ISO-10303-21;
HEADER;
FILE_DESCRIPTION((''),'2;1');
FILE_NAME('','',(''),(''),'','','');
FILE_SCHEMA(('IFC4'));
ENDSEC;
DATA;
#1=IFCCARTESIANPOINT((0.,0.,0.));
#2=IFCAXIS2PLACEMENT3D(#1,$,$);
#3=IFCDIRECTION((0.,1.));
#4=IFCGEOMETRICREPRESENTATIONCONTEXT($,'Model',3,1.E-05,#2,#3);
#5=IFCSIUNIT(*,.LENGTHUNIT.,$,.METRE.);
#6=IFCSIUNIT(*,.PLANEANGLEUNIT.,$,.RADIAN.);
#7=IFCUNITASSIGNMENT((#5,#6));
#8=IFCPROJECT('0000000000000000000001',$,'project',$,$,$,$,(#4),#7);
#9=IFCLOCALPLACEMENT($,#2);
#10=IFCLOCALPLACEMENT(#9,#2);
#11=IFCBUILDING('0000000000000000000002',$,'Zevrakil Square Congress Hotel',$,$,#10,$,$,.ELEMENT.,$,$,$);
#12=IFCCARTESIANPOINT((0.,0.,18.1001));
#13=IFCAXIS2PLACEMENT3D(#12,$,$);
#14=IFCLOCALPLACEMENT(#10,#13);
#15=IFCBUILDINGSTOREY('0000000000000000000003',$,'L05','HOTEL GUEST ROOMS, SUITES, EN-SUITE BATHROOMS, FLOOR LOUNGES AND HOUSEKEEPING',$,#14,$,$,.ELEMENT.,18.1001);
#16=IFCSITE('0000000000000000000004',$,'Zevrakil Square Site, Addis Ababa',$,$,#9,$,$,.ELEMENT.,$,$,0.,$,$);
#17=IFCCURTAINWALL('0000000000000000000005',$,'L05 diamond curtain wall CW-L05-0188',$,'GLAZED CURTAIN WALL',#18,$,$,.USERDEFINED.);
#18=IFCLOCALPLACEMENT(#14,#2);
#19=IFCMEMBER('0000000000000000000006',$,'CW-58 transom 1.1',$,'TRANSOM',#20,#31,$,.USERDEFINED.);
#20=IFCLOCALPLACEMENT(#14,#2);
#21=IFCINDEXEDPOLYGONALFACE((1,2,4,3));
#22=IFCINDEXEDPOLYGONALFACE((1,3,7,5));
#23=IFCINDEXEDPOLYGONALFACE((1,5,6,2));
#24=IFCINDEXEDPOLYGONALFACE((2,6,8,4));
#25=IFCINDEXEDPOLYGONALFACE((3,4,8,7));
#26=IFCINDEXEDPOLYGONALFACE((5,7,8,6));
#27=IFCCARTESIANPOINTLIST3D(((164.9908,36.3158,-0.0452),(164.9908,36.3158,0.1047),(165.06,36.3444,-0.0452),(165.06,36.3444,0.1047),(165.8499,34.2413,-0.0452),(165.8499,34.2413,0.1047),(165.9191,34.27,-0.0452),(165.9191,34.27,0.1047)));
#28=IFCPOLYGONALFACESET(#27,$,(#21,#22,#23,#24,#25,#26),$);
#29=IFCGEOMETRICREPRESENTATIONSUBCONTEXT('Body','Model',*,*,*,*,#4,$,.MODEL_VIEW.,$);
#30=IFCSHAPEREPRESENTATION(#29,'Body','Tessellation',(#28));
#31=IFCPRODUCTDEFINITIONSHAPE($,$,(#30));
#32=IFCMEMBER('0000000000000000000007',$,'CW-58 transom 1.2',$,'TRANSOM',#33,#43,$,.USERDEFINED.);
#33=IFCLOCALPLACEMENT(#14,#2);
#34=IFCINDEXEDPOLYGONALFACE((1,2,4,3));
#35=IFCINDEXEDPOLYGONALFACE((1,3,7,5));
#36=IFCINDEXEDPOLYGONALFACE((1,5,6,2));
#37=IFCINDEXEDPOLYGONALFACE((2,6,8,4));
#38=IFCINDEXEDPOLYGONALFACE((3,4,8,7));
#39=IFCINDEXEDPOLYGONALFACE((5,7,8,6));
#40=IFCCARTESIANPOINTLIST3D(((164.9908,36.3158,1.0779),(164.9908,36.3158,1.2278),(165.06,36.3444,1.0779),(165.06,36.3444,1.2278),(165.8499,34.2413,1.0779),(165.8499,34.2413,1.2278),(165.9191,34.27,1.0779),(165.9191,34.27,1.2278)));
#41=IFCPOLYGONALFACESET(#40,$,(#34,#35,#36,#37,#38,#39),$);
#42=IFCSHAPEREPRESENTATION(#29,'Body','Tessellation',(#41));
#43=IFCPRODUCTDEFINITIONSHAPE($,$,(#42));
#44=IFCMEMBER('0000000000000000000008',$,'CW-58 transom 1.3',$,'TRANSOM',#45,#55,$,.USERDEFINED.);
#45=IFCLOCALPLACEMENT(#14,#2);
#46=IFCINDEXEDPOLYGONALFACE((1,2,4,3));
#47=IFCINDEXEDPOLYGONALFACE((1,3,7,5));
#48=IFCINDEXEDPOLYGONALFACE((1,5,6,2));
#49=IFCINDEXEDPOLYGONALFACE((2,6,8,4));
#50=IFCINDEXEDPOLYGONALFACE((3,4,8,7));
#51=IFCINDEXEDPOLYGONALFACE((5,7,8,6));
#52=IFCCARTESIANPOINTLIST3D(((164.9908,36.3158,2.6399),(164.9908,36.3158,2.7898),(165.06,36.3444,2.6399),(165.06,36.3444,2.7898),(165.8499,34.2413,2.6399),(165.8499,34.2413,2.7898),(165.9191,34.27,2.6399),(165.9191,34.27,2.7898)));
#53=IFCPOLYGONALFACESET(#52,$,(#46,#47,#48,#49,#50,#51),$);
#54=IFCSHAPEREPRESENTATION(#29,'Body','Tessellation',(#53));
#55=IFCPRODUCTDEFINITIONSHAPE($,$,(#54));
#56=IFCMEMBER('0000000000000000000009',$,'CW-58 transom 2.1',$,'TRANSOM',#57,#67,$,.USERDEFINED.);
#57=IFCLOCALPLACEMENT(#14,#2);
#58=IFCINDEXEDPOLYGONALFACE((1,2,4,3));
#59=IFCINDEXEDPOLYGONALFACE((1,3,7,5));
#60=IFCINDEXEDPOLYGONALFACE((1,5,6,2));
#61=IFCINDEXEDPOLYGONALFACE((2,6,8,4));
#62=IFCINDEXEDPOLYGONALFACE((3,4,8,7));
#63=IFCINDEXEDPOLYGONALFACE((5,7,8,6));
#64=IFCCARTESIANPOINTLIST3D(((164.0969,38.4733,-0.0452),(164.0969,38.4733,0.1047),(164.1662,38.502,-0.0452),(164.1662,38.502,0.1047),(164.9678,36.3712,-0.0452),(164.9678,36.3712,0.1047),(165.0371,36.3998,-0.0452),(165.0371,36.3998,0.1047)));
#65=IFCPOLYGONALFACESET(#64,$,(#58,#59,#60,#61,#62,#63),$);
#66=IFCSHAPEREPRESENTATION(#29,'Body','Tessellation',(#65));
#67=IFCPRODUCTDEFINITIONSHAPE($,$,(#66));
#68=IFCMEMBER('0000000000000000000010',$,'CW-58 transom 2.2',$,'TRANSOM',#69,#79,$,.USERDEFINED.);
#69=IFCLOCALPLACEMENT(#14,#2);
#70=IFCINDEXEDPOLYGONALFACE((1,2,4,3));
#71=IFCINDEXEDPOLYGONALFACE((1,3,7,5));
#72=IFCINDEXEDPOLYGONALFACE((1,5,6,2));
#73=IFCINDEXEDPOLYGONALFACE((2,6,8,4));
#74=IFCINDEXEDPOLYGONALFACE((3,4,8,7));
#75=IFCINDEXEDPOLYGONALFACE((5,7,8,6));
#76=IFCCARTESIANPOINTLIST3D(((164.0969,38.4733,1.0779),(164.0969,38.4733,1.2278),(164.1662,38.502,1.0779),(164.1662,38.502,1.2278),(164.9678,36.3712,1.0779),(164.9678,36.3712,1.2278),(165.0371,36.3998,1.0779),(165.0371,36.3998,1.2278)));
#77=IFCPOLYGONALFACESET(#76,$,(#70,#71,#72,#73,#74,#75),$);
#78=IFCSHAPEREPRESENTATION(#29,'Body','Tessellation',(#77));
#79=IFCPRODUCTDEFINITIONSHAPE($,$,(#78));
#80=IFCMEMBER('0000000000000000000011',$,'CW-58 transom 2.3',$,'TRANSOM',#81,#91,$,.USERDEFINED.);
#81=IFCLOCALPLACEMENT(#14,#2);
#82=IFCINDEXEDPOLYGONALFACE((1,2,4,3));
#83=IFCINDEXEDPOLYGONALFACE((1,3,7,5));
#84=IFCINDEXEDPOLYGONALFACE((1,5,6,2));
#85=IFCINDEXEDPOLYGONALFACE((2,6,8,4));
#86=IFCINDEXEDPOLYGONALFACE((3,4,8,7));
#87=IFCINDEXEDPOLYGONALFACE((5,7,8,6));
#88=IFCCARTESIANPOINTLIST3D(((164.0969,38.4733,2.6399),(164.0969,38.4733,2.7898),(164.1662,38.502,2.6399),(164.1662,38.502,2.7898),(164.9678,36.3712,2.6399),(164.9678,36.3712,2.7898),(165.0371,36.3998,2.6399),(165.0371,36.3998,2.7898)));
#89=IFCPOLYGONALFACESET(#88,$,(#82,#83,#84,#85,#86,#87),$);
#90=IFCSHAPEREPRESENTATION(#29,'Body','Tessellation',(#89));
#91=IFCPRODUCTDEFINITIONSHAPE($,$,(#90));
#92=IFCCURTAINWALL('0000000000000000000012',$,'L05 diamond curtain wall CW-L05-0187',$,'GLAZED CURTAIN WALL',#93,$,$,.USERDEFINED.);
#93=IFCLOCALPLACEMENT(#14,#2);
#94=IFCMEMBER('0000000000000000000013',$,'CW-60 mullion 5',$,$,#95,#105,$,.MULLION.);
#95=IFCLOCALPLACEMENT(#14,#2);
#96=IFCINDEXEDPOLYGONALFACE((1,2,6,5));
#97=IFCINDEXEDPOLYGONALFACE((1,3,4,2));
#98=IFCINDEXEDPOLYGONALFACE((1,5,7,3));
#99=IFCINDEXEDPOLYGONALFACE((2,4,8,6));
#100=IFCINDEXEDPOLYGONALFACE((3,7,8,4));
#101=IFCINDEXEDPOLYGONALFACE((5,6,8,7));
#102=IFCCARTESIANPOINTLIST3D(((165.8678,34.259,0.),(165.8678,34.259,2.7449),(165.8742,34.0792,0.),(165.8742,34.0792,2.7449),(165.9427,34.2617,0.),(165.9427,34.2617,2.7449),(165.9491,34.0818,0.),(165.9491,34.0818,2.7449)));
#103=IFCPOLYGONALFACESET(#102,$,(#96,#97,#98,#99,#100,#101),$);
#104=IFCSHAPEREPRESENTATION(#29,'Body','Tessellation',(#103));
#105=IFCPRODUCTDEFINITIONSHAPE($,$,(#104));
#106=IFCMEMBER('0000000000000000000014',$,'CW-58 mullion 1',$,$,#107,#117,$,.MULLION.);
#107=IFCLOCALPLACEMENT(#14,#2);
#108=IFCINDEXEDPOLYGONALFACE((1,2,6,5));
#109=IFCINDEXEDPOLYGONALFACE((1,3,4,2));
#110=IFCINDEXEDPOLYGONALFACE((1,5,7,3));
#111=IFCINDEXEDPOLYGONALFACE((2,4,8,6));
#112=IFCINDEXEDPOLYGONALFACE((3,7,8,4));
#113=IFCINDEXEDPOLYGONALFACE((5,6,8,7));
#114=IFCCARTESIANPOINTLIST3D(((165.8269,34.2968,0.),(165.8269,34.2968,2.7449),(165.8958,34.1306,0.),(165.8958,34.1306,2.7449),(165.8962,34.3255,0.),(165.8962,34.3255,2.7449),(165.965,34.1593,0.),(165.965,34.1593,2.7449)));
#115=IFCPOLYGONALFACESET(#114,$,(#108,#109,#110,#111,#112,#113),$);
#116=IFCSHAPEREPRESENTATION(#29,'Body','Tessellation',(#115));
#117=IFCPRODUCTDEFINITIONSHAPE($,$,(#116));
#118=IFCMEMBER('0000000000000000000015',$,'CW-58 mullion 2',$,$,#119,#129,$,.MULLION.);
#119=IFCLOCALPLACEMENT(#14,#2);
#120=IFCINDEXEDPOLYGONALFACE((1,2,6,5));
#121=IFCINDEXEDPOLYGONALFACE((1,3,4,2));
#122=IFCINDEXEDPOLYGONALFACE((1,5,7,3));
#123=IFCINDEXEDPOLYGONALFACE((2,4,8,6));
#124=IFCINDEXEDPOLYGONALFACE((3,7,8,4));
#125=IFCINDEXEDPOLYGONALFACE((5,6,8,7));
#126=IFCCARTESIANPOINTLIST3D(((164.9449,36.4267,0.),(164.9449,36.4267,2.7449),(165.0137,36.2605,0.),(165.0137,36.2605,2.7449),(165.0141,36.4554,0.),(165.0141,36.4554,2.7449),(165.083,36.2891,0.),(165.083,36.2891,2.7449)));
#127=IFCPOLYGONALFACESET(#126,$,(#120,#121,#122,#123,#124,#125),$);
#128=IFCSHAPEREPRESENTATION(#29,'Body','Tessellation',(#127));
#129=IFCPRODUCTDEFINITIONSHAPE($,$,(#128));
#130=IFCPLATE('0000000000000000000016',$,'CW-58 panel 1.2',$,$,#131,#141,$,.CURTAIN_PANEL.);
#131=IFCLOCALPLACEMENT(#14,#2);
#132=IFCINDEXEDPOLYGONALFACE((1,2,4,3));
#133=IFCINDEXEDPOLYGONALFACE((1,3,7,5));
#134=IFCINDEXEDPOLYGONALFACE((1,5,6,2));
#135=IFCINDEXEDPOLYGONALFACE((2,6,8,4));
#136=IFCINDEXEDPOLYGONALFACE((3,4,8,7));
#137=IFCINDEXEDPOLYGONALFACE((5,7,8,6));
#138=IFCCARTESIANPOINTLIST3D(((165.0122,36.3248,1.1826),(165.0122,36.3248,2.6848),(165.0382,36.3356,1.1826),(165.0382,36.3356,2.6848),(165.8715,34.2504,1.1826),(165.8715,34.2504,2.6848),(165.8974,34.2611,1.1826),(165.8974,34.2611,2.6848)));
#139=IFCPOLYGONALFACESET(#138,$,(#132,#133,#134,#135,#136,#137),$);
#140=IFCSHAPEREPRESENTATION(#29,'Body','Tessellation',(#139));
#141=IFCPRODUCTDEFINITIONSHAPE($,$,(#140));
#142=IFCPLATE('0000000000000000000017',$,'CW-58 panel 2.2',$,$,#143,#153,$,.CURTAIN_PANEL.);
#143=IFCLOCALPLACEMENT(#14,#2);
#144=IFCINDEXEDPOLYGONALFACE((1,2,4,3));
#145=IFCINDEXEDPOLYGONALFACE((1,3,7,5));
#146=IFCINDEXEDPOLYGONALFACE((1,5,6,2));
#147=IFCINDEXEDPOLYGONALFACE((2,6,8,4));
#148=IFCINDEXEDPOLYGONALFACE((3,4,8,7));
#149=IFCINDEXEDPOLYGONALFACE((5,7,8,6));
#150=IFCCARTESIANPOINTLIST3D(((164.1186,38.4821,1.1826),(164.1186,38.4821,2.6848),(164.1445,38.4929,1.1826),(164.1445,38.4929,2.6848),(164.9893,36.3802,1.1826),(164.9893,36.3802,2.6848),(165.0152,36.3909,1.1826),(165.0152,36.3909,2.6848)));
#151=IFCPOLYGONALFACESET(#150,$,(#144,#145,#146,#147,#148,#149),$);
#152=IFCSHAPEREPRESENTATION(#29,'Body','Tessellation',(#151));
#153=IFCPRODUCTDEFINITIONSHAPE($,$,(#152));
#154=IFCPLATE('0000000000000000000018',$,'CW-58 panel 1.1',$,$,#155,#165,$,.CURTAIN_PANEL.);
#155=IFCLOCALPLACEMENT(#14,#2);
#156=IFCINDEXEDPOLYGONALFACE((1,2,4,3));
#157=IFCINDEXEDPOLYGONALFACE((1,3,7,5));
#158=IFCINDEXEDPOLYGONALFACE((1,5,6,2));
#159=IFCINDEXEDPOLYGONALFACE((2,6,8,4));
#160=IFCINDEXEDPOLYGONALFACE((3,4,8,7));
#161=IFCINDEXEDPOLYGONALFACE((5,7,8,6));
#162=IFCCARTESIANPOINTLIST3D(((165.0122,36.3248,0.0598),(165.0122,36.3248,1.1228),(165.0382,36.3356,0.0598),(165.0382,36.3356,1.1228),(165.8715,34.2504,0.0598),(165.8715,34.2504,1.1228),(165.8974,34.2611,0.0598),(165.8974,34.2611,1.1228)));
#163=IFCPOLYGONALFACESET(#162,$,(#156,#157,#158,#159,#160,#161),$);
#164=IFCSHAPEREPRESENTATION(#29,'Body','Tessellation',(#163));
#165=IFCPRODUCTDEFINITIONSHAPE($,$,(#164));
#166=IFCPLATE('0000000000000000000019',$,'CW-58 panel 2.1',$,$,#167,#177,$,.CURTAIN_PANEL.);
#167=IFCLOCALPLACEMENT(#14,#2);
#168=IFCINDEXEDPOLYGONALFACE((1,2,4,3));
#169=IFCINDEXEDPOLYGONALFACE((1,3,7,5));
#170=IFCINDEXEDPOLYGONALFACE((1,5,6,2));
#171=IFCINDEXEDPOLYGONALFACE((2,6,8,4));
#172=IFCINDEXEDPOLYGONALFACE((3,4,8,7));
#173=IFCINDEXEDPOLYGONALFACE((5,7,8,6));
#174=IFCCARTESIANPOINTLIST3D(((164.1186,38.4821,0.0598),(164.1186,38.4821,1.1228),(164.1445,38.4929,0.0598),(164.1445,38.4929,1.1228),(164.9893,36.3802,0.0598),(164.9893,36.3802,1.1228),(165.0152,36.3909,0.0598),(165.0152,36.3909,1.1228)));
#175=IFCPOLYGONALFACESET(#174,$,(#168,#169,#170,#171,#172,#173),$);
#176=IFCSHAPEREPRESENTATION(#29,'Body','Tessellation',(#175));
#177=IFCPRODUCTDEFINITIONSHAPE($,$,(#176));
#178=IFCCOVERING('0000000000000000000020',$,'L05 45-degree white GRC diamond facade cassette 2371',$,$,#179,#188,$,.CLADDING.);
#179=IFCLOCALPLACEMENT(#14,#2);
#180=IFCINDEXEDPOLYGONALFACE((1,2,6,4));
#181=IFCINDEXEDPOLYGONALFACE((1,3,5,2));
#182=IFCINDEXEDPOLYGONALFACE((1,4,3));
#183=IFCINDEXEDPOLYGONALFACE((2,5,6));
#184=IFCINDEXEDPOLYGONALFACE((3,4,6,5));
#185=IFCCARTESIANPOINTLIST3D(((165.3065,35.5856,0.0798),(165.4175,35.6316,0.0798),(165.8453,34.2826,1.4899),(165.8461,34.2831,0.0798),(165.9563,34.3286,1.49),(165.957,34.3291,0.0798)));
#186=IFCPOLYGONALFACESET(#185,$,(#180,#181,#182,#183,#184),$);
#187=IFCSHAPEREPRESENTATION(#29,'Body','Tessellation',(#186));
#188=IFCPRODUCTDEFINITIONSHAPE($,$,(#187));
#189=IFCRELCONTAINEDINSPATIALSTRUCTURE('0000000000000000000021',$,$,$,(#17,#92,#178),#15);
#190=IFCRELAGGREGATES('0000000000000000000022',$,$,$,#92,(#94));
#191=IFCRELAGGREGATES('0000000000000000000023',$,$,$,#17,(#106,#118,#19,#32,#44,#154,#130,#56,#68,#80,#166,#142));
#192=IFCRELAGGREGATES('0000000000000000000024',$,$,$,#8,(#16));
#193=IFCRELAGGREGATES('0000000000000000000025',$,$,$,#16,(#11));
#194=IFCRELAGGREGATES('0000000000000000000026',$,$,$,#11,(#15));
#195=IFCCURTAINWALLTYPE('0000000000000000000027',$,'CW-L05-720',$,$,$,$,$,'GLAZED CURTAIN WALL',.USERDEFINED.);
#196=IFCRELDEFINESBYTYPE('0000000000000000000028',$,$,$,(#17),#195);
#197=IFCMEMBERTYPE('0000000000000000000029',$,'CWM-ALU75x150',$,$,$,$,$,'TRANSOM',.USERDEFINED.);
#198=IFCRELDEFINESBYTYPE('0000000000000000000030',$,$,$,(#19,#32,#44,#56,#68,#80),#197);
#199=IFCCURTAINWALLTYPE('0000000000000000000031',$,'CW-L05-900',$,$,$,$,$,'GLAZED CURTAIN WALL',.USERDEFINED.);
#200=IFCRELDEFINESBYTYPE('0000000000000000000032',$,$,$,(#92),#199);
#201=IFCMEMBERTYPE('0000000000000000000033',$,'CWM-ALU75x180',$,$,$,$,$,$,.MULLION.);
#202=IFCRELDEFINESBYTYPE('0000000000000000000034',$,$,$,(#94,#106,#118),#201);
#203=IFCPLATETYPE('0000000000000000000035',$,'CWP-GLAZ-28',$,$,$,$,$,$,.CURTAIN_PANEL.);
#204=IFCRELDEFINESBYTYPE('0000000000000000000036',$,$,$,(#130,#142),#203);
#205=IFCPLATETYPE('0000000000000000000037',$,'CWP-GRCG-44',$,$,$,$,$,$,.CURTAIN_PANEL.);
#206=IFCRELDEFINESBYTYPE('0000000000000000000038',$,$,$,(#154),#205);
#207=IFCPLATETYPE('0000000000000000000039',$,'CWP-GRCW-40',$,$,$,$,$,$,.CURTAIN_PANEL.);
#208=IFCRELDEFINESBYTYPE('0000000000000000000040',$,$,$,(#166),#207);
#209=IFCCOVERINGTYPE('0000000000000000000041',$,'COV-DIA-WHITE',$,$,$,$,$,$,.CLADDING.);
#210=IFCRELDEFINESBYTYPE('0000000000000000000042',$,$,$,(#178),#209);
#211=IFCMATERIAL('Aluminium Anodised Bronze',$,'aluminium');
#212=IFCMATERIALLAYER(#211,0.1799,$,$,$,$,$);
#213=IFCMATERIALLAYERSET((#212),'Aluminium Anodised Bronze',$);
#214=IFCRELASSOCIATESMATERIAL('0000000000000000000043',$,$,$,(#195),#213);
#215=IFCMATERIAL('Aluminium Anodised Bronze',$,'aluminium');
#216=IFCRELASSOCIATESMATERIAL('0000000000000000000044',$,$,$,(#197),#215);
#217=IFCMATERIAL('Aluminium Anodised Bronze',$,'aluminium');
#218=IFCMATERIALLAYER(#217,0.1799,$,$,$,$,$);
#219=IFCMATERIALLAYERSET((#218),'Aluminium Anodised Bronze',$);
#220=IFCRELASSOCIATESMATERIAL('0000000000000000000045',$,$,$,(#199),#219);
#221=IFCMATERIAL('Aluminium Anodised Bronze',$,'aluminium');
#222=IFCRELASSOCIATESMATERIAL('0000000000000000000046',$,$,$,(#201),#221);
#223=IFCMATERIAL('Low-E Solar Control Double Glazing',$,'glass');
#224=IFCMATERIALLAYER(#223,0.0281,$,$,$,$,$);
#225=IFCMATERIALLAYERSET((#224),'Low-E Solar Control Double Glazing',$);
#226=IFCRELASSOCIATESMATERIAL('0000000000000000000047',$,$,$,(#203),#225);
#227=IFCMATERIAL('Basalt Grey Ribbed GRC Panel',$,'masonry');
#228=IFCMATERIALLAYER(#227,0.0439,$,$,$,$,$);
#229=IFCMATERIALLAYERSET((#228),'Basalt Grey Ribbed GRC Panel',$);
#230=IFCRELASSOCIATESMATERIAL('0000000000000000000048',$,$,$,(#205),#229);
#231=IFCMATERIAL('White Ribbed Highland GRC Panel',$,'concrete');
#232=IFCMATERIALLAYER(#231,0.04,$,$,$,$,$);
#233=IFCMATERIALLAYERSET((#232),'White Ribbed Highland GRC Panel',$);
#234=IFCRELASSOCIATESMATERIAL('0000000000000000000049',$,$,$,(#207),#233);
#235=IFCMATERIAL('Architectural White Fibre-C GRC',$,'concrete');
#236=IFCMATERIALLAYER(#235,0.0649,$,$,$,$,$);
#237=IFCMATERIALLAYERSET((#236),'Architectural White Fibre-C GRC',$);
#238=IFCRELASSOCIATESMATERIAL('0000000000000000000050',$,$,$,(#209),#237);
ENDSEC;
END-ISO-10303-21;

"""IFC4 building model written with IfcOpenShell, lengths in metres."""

from ifc_helpers import new_model, si_unit, direction, frame, origin, origin_2d, place, context, subcontext, project, spatial, polyline, rectangle, outline, extrude, material, layer, layer_set, material_profile, profile_set, type_object, element, aggregate, save


model = new_model("IFC4")

# Units and contexts
model_context = context("Model", 3, precision=1e-05, world=origin(), true_north=direction((0.0, 1.0)))
body_context = subcontext(model_context, "Body", "Model", "MODEL_VIEW")
ifc_project = project(units=[si_unit("LENGTHUNIT", "METRE"), si_unit("PLANEANGLEUNIT", "RADIAN")], contexts=[model_context])

# Site, building, storey
site_placement = place(None, origin())
site = spatial("IfcSite", under=ifc_project, at=site_placement, Name="Zevrakil Square Site, Addis Ababa", CompositionType="ELEMENT", RefElevation=0.0)
building_placement = place(site_placement, origin())
building = spatial("IfcBuilding", under=site, at=building_placement, Name="Zevrakil Square Congress Hotel", CompositionType="ELEMENT")
storey_placement = place(building_placement, frame((0.0, 0.0, 18.1001)))
storey = spatial("IfcBuildingStorey", under=building, at=storey_placement, Name="L05", Description="HOTEL GUEST ROOMS, SUITES, EN-SUITE BATHROOMS, FLOOR LOUNGES AND HOUSEKEEPING", CompositionType="ELEMENT", Elevation=18.1001)

# Curtain wall, members
ifc_material_1 = material(Name="Aluminium Anodised Bronze", Category="aluminium")
ifc_layer_1 = layer(ifc_material_1, 0.1799)
ifc_layer_set_1 = layer_set([ifc_layer_1], Name="Aluminium Anodised Bronze")
curtain_wall_type_1 = type_object("IfcCurtainWallType", Name="CW-L05-720", ElementType="GLAZED CURTAIN WALL", PredefinedType="USERDEFINED", material=ifc_layer_set_1)
curtain_wall_1_placement = place(storey_placement, origin())
curtain_wall_1 = element("IfcCurtainWall", 1, at=curtain_wall_1_placement, inside=storey, type_object=curtain_wall_type_1, Name="L05 diamond curtain wall CW-L05-0188", ObjectType="GLAZED CURTAIN WALL", PredefinedType="USERDEFINED")
ifc_material_2 = material(Name="Aluminium Anodised Bronze", Category="aluminium")
ifc_material_profile_1 = material_profile(ifc_material_2, rectangle(XDim=0.075, YDim=0.1499, at=origin_2d()), Name="ALU 75x150")
ifc_profile_set_1 = profile_set([ifc_material_profile_1], Name="Aluminium Anodised Bronze")
member_type_1 = type_object("IfcMemberType", Name="CWM-ALU75x150", ElementType="TRANSOM", PredefinedType="USERDEFINED", material=ifc_profile_set_1)
member_1_placement = place(storey_placement, frame((165.8845, 34.2556, 0.0298), z_axis=(-0.38263, 0.923902, 0.0), x_axis=(-0.923902, -0.38263, 0.0)))
member_1 = element("IfcMember", 2, at=member_1_placement, type_object=member_type_1, Name="CW-58 transom 1.1", ObjectType="TRANSOM", PredefinedType="USERDEFINED", context=body_context, shape_type="SweptSolid", body=[
    extrude(rectangle(XDim=0.075, YDim=0.1499, at=origin_2d()), origin(), (0.0, 0.0, 1.0), 2.2454),
])
member_2_placement = place(storey_placement, frame((165.8845, 34.2556, 1.1528), z_axis=(-0.38263, 0.923902, 0.0), x_axis=(-0.923902, -0.38263, 0.0)))
member_2 = element("IfcMember", 3, at=member_2_placement, type_object=member_type_1, Name="CW-58 transom 1.2", ObjectType="TRANSOM", PredefinedType="USERDEFINED", context=body_context, shape_type="SweptSolid", body=[
    extrude(rectangle(XDim=0.075, YDim=0.1499, at=origin_2d()), origin(), (0.0, 0.0, 1.0), 2.2454),
])
member_3_placement = place(storey_placement, frame((165.8845, 34.2556, 2.7148), z_axis=(-0.38263, 0.923902, 0.0), x_axis=(-0.923902, -0.38263, 0.0)))
member_3 = element("IfcMember", 4, at=member_3_placement, type_object=member_type_1, Name="CW-58 transom 1.3", ObjectType="TRANSOM", PredefinedType="USERDEFINED", context=body_context, shape_type="SweptSolid", body=[
    extrude(rectangle(XDim=0.075, YDim=0.1499, at=origin_2d()), origin(), (0.0, 0.0, 1.0), 2.2454),
])
member_4_placement = place(storey_placement, frame((165.0024, 36.3855, 0.0298), z_axis=(-0.38274, 0.923856, 0.0), x_axis=(-0.923856, -0.38274, 0.0)))
member_4 = element("IfcMember", 5, at=member_4_placement, type_object=member_type_1, Name="CW-58 transom 2.1", ObjectType="TRANSOM", PredefinedType="USERDEFINED", context=body_context, shape_type="SweptSolid", body=[
    extrude(rectangle(XDim=0.075, YDim=0.1499, at=origin_2d()), origin(), (0.0, 0.0, 1.0), 2.2754),
])
member_5_placement = place(storey_placement, frame((165.0024, 36.3855, 1.1528), z_axis=(-0.38274, 0.923856, 0.0), x_axis=(-0.923856, -0.38274, 0.0)))
member_5 = element("IfcMember", 6, at=member_5_placement, type_object=member_type_1, Name="CW-58 transom 2.2", ObjectType="TRANSOM", PredefinedType="USERDEFINED", context=body_context, shape_type="SweptSolid", body=[
    extrude(rectangle(XDim=0.075, YDim=0.1499, at=origin_2d()), origin(), (0.0, 0.0, 1.0), 2.2754),
])
member_6_placement = place(storey_placement, frame((165.0024, 36.3855, 2.7148), z_axis=(-0.38274, 0.923856, 0.0), x_axis=(-0.923856, -0.38274, 0.0)))
member_6 = element("IfcMember", 7, at=member_6_placement, type_object=member_type_1, Name="CW-58 transom 2.3", ObjectType="TRANSOM", PredefinedType="USERDEFINED", context=body_context, shape_type="SweptSolid", body=[
    extrude(rectangle(XDim=0.075, YDim=0.1499, at=origin_2d()), origin(), (0.0, 0.0, 1.0), 2.2754),
])

# Curtain wall, member
ifc_material_3 = material(Name="Aluminium Anodised Bronze", Category="aluminium")
ifc_layer_2 = layer(ifc_material_3, 0.1799)
ifc_layer_set_2 = layer_set([ifc_layer_2], Name="Aluminium Anodised Bronze")
curtain_wall_type_2 = type_object("IfcCurtainWallType", Name="CW-L05-900", ElementType="GLAZED CURTAIN WALL", PredefinedType="USERDEFINED", material=ifc_layer_set_2)
curtain_wall_2_placement = place(storey_placement, origin())
curtain_wall_2 = element("IfcCurtainWall", 8, at=curtain_wall_2_placement, inside=storey, type_object=curtain_wall_type_2, Name="L05 diamond curtain wall CW-L05-0187", ObjectType="GLAZED CURTAIN WALL", PredefinedType="USERDEFINED")
ifc_material_4 = material(Name="Aluminium Anodised Bronze", Category="aluminium")
ifc_material_profile_2 = material_profile(ifc_material_4, rectangle(XDim=0.075, YDim=0.1799, at=origin_2d()), Name="ALU 75x180")
ifc_profile_set_2 = profile_set([ifc_material_profile_2], Name="Aluminium Anodised Bronze")
member_type_2 = type_object("IfcMemberType", Name="CWM-ALU75x180", PredefinedType="MULLION", material=ifc_profile_set_2)
member_7_placement = place(storey_placement, frame((165.9084, 34.1704, 0.0), z_axis=(0.0, 0.0, 1.0), x_axis=(-0.999368, -0.035553, 0.0)))
member_7 = element("IfcMember", 9, at=member_7_placement, type_object=member_type_2, Name="CW-60 mullion 5", PredefinedType="MULLION", context=body_context, shape_type="SweptSolid", body=[
    extrude(rectangle(XDim=0.075, YDim=0.1799, at=origin_2d()), origin(), (0.0, 0.0, 1.0), 2.7449),
])
aggregate(curtain_wall_2, [member_7])

# Members
member_8_placement = place(storey_placement, frame((165.896, 34.228, 0.0), z_axis=(0.0, 0.0, 1.0), x_axis=(-0.923879, -0.382684, 0.0)))
member_8 = element("IfcMember", 10, at=member_8_placement, type_object=member_type_2, Name="CW-58 mullion 1", PredefinedType="MULLION", context=body_context, shape_type="SweptSolid", body=[
    extrude(rectangle(XDim=0.075, YDim=0.1799, at=origin_2d()), origin(), (0.0, 0.0, 1.0), 2.7449),
])
member_9_placement = place(storey_placement, frame((165.0139, 36.3579, 0.0), z_axis=(0.0, 0.0, 1.0), x_axis=(-0.923879, -0.382684, 0.0)))
member_9 = element("IfcMember", 11, at=member_9_placement, type_object=member_type_2, Name="CW-58 mullion 2", PredefinedType="MULLION", context=body_context, shape_type="SweptSolid", body=[
    extrude(rectangle(XDim=0.075, YDim=0.1799, at=origin_2d()), origin(), (0.0, 0.0, 1.0), 2.7449),
])

# Plates
ifc_material_5 = material(Name="Low-E Solar Control Double Glazing", Category="glass")
ifc_layer_3 = layer(ifc_material_5, 0.0281)
ifc_layer_set_3 = layer_set([ifc_layer_3], Name="Low-E Solar Control Double Glazing")
plate_type_1 = type_object("IfcPlateType", Name="CWP-GLAZ-28", PredefinedType="CURTAIN_PANEL", material=ifc_layer_set_3)
plate_1_placement = place(storey_placement, frame((165.4548, 35.293, 1.1826), z_axis=(0.0, 0.0, 1.0), x_axis=(-0.382684, 0.923879, 0.0)))
plate_1 = element("IfcPlate", 12, at=plate_1_placement, type_object=plate_type_1, Name="CW-58 panel 1.2", PredefinedType="CURTAIN_PANEL", context=body_context, shape_type="SweptSolid", body=[
    extrude(rectangle(XDim=2.2454, YDim=0.0281, at=origin_2d()), origin(), (0.0, 0.0, 1.0), 1.5022),
])
plate_2_placement = place(storey_placement, frame((164.5669, 37.4365, 1.1826), z_axis=(0.0, 0.0, 1.0), x_axis=(-0.382684, 0.923879, 0.0)))
plate_2 = element("IfcPlate", 13, at=plate_2_placement, type_object=plate_type_1, Name="CW-58 panel 2.2", PredefinedType="CURTAIN_PANEL", context=body_context, shape_type="SweptSolid", body=[
    extrude(rectangle(XDim=2.2751, YDim=0.0281, at=origin_2d()), origin(), (0.0, 0.0, 1.0), 1.5022),
])
ifc_material_6 = material(Name="Basalt Grey Ribbed GRC Panel", Category="masonry")
ifc_layer_4 = layer(ifc_material_6, 0.0439)
ifc_layer_set_4 = layer_set([ifc_layer_4], Name="Basalt Grey Ribbed GRC Panel")
plate_type_2 = type_object("IfcPlateType", Name="CWP-GRCG-44", PredefinedType="CURTAIN_PANEL", material=ifc_layer_set_4)
plate_3_placement = place(storey_placement, frame((165.4548, 35.293, 0.0598), z_axis=(0.0, 0.0, 1.0), x_axis=(-0.382684, 0.923879, 0.0)))
plate_3 = element("IfcPlate", 14, at=plate_3_placement, type_object=plate_type_2, Name="CW-58 panel 1.1", PredefinedType="CURTAIN_PANEL", context=body_context, shape_type="SweptSolid", body=[
    extrude(rectangle(XDim=2.2454, YDim=0.0281, at=origin_2d()), origin(), (0.0, 0.0, 1.0), 1.063),
])
ifc_material_7 = material(Name="White Ribbed Highland GRC Panel", Category="concrete")
ifc_layer_5 = layer(ifc_material_7, 0.04)
ifc_layer_set_5 = layer_set([ifc_layer_5], Name="White Ribbed Highland GRC Panel")
plate_type_3 = type_object("IfcPlateType", Name="CWP-GRCW-40", PredefinedType="CURTAIN_PANEL", material=ifc_layer_set_5)
plate_4_placement = place(storey_placement, frame((164.5669, 37.4365, 0.0598), z_axis=(0.0, 0.0, 1.0), x_axis=(-0.382684, 0.923879, 0.0)))
plate_4 = element("IfcPlate", 15, at=plate_4_placement, type_object=plate_type_3, Name="CW-58 panel 2.1", PredefinedType="CURTAIN_PANEL", context=body_context, shape_type="SweptSolid", body=[
    extrude(rectangle(XDim=2.2751, YDim=0.0281, at=origin_2d()), origin(), (0.0, 0.0, 1.0), 1.063),
])
aggregate(curtain_wall_1, [member_8, member_9, member_1, member_2, member_3, plate_3, plate_1, member_4, member_5, member_6, plate_4, plate_2])

# Covering
ifc_material_8 = material(Name="Architectural White Fibre-C GRC", Category="concrete")
ifc_layer_6 = layer(ifc_material_8, 0.0649)
ifc_layer_set_6 = layer_set([ifc_layer_6], Name="Architectural White Fibre-C GRC")
covering_type_1 = type_object("IfcCoveringType", Name="COV-DIA-WHITE", PredefinedType="CLADDING", material=ifc_layer_set_6)
covering_1_placement = place(storey_placement, frame((165.4175, 35.6316, 0.0798), z_axis=(0.923869, 0.382709, 0.000612), x_axis=(0.382709, -0.923869, 0.0)))
element("IfcCovering", 16, at=covering_1_placement, inside=storey, type_object=covering_type_1, Name="L05 45-degree white GRC diamond facade cassette 2371", PredefinedType="CLADDING", context=body_context, shape_type="SweptSolid", body=[
    extrude(outline(polyline([(0.0, 0.0), (1.4098, 0.0), (1.41, -1.4102), (0.0, 0.0)])), origin(), (0.0, 0.0, -1.0), 0.1201),
])

save(model, "model.ifc")
